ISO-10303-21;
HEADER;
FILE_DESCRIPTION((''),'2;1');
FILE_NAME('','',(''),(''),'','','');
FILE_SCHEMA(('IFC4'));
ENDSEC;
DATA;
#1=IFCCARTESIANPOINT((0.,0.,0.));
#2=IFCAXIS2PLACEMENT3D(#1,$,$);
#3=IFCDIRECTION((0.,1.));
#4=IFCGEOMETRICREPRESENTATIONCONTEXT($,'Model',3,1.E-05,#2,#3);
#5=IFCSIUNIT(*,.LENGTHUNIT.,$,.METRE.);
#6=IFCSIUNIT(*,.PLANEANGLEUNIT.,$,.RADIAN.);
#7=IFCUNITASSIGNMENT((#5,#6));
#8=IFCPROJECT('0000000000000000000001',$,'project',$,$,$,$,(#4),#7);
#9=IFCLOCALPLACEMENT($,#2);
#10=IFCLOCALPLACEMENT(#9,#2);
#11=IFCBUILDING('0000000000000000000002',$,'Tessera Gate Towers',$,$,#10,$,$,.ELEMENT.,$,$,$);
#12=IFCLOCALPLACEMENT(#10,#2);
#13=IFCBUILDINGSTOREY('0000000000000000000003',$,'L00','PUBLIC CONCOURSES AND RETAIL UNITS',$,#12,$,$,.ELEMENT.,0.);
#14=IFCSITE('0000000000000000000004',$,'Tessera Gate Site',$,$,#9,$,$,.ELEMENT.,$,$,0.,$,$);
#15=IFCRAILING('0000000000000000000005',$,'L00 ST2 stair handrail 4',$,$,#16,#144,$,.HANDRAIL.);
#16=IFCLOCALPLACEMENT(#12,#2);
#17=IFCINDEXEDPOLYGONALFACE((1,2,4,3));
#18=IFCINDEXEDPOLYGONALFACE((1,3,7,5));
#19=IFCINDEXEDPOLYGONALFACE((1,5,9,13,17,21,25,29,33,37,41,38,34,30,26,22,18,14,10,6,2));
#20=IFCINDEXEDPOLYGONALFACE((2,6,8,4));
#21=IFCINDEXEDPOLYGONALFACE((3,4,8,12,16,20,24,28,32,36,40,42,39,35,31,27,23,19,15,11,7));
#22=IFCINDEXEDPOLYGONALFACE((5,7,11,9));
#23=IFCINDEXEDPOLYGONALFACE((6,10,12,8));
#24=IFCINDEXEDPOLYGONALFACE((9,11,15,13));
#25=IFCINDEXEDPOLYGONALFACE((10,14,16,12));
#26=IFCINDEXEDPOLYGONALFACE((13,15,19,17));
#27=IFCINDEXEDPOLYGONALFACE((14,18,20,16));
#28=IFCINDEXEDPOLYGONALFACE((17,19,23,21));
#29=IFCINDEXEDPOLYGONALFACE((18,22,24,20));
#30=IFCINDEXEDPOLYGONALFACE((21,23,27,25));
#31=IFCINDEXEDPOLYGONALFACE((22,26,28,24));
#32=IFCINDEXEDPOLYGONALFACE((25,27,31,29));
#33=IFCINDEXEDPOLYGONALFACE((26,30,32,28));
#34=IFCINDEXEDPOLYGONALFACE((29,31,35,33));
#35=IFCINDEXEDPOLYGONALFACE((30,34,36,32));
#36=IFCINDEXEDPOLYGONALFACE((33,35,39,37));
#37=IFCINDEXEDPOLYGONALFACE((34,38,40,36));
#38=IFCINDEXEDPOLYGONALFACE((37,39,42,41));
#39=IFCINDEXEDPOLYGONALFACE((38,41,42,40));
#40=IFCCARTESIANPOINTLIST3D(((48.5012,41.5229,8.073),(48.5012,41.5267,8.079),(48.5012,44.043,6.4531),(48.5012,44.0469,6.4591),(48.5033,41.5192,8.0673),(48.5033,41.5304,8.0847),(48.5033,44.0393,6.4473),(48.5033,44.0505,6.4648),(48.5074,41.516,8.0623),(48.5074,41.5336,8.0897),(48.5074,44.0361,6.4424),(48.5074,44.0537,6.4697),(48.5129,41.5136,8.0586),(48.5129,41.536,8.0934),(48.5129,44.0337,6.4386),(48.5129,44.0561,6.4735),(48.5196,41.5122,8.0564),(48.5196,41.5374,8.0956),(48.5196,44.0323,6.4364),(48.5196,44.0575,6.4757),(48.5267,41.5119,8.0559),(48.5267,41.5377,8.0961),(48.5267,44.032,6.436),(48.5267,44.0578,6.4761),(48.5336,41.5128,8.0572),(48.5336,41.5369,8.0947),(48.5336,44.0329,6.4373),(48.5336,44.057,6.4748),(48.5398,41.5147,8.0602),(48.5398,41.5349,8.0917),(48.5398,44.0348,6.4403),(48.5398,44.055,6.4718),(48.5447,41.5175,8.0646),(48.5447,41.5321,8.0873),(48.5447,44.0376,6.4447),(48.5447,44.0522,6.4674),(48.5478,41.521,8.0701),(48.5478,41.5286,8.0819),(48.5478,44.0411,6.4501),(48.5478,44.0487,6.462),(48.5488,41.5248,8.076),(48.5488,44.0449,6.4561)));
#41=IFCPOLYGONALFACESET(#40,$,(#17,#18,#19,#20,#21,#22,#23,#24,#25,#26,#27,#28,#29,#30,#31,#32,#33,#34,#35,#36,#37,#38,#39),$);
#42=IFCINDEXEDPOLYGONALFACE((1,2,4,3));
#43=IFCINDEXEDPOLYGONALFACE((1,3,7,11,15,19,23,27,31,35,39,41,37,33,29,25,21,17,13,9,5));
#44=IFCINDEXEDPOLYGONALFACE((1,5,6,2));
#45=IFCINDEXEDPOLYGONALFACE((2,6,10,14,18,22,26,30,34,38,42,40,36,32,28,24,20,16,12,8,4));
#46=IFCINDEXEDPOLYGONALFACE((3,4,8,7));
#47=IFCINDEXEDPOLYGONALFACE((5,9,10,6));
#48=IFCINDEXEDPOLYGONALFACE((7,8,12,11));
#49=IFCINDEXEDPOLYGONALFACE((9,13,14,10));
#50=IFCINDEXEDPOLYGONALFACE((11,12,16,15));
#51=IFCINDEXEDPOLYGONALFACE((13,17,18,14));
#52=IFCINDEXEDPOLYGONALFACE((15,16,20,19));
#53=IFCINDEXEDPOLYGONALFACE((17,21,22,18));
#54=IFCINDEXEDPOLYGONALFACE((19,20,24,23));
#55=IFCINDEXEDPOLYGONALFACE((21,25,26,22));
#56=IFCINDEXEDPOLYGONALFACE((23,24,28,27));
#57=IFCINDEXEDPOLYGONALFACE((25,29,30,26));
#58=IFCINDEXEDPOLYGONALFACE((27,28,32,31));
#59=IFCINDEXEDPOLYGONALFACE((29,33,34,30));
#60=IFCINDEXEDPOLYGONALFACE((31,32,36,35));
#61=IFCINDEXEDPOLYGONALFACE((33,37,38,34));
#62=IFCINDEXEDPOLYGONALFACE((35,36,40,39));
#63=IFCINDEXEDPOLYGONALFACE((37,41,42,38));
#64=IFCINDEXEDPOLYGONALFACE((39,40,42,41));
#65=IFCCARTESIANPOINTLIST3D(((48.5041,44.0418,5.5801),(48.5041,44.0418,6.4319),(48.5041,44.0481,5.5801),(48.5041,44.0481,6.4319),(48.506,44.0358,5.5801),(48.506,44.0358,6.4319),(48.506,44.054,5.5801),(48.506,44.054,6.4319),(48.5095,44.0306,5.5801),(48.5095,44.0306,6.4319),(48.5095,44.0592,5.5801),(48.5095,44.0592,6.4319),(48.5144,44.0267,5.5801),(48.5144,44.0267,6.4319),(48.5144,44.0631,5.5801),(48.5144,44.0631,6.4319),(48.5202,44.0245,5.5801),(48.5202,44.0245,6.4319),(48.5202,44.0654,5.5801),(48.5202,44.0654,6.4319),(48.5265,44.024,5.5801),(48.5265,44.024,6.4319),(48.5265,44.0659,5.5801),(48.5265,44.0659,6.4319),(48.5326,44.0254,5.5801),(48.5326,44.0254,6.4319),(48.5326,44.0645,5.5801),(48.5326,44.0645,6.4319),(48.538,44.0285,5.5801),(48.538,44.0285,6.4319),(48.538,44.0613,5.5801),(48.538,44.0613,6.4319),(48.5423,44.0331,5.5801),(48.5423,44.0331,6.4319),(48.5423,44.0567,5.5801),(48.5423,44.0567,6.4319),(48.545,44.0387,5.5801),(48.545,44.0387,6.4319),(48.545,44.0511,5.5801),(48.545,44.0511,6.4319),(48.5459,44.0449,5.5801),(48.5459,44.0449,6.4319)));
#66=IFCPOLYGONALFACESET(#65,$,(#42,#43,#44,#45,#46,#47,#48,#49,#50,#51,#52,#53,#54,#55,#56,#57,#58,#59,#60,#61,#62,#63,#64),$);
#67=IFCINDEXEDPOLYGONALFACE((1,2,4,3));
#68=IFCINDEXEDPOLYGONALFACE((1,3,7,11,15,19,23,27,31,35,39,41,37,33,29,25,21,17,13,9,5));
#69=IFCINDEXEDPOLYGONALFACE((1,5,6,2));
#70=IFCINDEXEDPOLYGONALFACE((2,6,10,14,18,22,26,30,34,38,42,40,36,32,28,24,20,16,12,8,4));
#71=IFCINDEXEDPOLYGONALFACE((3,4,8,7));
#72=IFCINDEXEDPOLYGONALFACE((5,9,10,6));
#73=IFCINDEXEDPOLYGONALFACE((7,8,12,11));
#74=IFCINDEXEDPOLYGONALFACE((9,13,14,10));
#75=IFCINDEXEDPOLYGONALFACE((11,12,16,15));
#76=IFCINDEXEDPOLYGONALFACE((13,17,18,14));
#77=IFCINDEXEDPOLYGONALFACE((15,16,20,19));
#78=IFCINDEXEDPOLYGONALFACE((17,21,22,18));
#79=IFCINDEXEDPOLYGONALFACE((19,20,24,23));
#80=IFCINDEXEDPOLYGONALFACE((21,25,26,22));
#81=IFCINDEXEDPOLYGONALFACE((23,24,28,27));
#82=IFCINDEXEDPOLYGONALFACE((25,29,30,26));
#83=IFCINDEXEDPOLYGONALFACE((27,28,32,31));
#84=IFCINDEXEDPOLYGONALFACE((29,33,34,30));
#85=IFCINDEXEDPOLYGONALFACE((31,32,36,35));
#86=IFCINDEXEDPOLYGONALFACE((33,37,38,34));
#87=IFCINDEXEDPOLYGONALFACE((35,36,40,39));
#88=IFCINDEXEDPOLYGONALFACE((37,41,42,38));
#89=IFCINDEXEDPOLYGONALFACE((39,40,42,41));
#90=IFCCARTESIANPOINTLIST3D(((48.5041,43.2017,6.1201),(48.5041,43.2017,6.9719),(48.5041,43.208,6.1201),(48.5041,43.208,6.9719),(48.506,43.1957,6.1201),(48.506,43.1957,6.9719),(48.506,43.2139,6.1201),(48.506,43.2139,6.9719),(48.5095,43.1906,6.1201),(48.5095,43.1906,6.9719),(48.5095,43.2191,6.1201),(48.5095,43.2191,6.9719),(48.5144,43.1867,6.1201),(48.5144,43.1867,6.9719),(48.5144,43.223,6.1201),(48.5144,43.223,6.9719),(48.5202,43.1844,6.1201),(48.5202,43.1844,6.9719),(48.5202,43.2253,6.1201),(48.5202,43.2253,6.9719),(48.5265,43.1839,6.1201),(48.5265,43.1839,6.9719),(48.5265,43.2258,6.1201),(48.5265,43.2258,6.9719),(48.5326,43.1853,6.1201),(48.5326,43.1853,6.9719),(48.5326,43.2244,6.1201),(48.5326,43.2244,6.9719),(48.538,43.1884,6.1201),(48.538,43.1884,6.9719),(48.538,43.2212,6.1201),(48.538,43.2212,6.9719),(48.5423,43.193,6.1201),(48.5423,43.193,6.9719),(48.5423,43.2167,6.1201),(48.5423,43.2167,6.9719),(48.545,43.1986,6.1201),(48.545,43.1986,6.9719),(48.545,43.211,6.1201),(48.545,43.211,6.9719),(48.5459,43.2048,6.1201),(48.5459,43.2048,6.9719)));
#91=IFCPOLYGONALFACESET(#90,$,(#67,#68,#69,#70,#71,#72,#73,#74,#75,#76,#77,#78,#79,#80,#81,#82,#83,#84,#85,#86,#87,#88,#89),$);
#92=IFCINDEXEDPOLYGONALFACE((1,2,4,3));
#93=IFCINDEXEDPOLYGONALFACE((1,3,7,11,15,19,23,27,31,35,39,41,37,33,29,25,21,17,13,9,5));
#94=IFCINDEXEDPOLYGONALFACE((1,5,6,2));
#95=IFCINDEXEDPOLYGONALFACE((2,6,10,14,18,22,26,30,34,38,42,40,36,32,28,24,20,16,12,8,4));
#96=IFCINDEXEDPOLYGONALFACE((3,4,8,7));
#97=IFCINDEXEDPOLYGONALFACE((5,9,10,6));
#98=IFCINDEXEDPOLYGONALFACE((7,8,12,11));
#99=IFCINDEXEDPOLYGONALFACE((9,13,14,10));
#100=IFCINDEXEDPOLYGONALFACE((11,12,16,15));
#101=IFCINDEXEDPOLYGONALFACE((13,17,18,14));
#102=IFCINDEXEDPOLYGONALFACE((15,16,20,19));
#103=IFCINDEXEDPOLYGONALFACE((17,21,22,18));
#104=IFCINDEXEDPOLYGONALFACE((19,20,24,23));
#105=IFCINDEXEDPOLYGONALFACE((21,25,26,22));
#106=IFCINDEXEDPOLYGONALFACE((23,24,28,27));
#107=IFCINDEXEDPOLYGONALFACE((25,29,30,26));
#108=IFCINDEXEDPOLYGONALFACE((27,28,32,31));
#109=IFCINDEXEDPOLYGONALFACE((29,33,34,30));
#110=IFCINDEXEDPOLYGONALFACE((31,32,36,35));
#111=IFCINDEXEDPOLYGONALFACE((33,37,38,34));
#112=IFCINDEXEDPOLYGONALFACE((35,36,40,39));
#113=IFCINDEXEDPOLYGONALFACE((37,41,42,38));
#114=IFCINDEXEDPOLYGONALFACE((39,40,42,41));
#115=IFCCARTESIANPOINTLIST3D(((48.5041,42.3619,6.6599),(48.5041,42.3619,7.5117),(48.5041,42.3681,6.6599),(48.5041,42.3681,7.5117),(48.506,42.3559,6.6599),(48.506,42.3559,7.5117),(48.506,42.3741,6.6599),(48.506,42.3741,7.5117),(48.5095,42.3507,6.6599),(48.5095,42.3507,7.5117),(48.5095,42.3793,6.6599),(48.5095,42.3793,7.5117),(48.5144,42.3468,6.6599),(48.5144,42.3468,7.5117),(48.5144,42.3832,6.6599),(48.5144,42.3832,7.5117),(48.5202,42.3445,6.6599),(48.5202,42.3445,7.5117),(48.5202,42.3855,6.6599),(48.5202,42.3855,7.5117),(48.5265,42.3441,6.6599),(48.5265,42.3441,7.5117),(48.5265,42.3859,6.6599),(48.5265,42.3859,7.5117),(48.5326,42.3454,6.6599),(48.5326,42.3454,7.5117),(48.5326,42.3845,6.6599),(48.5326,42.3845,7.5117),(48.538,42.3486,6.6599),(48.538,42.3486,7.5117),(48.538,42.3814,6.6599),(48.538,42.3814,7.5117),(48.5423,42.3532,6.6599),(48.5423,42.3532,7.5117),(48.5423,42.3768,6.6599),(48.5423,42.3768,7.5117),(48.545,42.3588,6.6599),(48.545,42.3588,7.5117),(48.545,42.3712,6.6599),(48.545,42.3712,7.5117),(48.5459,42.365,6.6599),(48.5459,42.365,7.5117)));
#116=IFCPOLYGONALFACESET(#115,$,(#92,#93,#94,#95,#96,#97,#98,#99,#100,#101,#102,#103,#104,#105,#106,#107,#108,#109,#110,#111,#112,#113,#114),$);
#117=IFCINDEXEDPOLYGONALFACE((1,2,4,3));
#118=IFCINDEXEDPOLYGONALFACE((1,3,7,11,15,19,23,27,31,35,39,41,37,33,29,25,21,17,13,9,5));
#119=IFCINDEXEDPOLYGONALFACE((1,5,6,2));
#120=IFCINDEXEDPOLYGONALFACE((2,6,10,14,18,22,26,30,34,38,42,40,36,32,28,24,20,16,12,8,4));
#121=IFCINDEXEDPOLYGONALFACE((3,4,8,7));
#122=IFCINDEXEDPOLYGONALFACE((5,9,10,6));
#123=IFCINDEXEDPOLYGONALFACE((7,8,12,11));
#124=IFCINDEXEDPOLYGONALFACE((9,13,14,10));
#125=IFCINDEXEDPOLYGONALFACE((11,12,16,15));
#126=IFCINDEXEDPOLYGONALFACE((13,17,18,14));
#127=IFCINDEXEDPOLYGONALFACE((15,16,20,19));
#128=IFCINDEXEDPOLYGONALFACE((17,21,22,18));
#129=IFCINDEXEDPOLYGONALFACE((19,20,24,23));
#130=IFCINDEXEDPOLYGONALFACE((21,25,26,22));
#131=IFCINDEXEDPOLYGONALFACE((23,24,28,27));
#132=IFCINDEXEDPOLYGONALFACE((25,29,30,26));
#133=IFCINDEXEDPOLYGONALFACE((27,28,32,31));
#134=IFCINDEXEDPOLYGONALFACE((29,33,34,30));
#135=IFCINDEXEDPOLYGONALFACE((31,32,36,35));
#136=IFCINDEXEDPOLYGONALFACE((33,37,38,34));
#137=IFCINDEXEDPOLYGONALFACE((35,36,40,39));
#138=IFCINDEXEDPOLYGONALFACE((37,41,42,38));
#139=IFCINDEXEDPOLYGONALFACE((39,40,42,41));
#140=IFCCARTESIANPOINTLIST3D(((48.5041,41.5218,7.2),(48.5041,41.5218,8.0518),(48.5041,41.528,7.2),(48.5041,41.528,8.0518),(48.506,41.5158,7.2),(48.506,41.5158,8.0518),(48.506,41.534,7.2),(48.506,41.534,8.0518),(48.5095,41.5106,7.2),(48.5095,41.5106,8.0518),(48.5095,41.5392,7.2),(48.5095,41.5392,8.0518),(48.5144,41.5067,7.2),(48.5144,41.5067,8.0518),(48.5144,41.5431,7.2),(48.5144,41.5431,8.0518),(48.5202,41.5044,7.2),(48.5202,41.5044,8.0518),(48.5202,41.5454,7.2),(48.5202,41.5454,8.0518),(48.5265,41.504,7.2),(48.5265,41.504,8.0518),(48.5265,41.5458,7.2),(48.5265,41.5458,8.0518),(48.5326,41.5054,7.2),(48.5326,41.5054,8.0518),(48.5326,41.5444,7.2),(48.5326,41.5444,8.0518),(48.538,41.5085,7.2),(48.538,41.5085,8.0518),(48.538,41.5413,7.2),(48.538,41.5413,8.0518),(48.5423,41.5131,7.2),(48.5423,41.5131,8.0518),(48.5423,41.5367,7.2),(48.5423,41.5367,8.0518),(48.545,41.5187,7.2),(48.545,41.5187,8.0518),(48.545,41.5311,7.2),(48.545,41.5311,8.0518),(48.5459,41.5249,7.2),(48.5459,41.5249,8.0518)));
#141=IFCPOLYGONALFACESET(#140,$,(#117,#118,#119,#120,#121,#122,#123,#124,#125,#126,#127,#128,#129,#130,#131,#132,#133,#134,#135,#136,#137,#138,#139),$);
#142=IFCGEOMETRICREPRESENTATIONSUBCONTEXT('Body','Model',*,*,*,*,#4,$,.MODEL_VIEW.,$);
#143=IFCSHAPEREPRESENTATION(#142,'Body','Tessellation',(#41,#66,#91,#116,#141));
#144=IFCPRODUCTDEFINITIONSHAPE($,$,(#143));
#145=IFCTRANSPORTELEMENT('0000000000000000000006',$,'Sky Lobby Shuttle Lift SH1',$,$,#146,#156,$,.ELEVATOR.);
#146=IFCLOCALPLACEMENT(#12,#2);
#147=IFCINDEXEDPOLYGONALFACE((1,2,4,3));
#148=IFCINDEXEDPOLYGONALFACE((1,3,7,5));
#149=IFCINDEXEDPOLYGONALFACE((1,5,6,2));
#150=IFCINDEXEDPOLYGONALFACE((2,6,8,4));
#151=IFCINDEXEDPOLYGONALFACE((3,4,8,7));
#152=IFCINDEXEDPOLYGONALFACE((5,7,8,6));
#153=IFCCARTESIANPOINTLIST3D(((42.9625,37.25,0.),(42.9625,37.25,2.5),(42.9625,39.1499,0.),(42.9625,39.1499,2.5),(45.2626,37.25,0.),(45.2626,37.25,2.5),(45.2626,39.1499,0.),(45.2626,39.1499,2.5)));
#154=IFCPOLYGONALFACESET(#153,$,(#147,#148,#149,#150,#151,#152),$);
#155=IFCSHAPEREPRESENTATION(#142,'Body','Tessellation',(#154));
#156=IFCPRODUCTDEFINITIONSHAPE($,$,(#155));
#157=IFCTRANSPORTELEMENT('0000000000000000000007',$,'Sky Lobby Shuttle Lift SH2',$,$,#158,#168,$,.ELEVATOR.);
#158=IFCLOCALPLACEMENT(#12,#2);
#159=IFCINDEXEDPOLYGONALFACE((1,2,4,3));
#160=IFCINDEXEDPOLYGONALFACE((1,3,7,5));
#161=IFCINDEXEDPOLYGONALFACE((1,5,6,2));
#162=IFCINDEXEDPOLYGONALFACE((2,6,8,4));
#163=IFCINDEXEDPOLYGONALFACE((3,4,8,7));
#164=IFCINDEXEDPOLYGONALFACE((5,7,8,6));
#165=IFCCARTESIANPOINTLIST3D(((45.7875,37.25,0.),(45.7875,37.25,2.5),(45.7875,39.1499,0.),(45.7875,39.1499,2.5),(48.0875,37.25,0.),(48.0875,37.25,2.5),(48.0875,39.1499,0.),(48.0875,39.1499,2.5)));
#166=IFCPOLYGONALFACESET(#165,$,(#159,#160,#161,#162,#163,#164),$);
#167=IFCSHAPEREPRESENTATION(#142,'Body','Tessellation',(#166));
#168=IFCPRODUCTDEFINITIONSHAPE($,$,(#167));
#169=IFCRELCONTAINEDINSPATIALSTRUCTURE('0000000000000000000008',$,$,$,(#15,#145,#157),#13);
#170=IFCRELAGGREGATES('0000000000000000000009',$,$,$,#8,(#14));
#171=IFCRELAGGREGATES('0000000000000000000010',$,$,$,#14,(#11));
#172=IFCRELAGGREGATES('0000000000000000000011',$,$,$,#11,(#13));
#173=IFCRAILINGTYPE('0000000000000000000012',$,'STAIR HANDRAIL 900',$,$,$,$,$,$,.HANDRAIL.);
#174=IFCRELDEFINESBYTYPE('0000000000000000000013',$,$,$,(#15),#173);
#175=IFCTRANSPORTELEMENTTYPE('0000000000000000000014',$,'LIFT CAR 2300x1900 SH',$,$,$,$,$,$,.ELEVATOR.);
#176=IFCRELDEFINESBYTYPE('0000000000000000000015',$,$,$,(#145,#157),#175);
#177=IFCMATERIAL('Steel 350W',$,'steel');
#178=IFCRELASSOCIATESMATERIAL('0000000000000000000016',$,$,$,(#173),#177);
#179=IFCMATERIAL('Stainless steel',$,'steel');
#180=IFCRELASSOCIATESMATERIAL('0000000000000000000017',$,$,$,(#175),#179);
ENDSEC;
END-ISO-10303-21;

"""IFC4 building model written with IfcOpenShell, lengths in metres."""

from ifc_helpers import new_model, si_unit, direction, frame, origin, origin_2d, place, context, subcontext, project, spatial, rectangle, circle, extrude, material, type_object, element, save


model = new_model("IFC4")

# Units and contexts
model_context = context("Model", 3, precision=1e-05, world=origin(), true_north=direction((0.0, 1.0)))
body_context = subcontext(model_context, "Body", "Model", "MODEL_VIEW")
ifc_project = project(units=[si_unit("LENGTHUNIT", "METRE"), si_unit("PLANEANGLEUNIT", "RADIAN")], contexts=[model_context])

# Site, building, storey
site_placement = place(None, origin())
site = spatial("IfcSite", under=ifc_project, at=site_placement, Name="Tessera Gate Site", CompositionType="ELEMENT", RefElevation=0.0)
building_placement = place(site_placement, origin())
building = spatial("IfcBuilding", under=site, at=building_placement, Name="Tessera Gate Towers", CompositionType="ELEMENT")
storey_placement = place(building_placement, origin())
storey = spatial("IfcBuildingStorey", under=building, at=storey_placement, Name="L00", Description="PUBLIC CONCOURSES AND RETAIL UNITS", CompositionType="ELEMENT", Elevation=0.0)

# Railing
ifc_material_1 = material(Name="Steel 350W", Category="steel")
railing_type = type_object("IfcRailingType", Name="STAIR HANDRAIL 900", PredefinedType="HANDRAIL", material=ifc_material_1)
railing_1_placement = place(storey_placement, frame((48.5249, 44.0449, 5.5801)))
element("IfcRailing", 1, at=railing_1_placement, inside=storey, type_object=railing_type, Name="L00 ST2 stair handrail 4", PredefinedType="HANDRAIL", context=body_context, shape_type="SweptSolid", body=[
    extrude(circle(Radius=0.0239, at=origin_2d()), frame((0.0, 0.0, 0.876), z_axis=(0.0, -0.8412, 0.540725), x_axis=(1.0, 0.0, 0.0)), (0.0, 0.0, 1.0), 2.9958),
    extrude(circle(Radius=0.021, at=origin_2d()), origin(), (0.0, 0.0, 1.0), 0.8518),
    extrude(circle(Radius=0.021, at=origin_2d()), frame((0.0, -0.8401, 0.54)), (0.0, 0.0, 1.0), 0.8518),
    extrude(circle(Radius=0.021, at=origin_2d()), frame((0.0, -1.6799, 1.0798)), (0.0, 0.0, 1.0), 0.8518),
    extrude(circle(Radius=0.021, at=origin_2d()), frame((0.0, -2.52, 1.6199)), (0.0, 0.0, 1.0), 0.8518),
])

# Transport elements
ifc_material_2 = material(Name="Stainless steel", Category="steel")
transport_element_type = type_object("IfcTransportElementType", Name="LIFT CAR 2300x1900 SH", PredefinedType="ELEVATOR", material=ifc_material_2)
for number, where, z_axis, x_axis, name in (
    (2, (44.1125, 38.2, 0.0), (0.0, 0.0, 1.0), (1.0, 0.0, 0.0), "Sky Lobby Shuttle Lift SH1"),
    (3, (46.9375, 38.2, 0.0), (0.0, 0.0, 1.0), (1.0, 0.0, 0.0), "Sky Lobby Shuttle Lift SH2"),
):
    element("IfcTransportElement", number, at=place(storey_placement, frame(where, z_axis=z_axis, x_axis=x_axis)), inside=storey, type_object=transport_element_type, Name=name, PredefinedType="ELEVATOR", context=body_context, shape_type="SweptSolid", body=[
        extrude(rectangle(XDim=2.3, YDim=1.8999, at=origin_2d()), origin(), (0.0, 0.0, 1.0), 2.5),
    ])

save(model, "model.ifc")
